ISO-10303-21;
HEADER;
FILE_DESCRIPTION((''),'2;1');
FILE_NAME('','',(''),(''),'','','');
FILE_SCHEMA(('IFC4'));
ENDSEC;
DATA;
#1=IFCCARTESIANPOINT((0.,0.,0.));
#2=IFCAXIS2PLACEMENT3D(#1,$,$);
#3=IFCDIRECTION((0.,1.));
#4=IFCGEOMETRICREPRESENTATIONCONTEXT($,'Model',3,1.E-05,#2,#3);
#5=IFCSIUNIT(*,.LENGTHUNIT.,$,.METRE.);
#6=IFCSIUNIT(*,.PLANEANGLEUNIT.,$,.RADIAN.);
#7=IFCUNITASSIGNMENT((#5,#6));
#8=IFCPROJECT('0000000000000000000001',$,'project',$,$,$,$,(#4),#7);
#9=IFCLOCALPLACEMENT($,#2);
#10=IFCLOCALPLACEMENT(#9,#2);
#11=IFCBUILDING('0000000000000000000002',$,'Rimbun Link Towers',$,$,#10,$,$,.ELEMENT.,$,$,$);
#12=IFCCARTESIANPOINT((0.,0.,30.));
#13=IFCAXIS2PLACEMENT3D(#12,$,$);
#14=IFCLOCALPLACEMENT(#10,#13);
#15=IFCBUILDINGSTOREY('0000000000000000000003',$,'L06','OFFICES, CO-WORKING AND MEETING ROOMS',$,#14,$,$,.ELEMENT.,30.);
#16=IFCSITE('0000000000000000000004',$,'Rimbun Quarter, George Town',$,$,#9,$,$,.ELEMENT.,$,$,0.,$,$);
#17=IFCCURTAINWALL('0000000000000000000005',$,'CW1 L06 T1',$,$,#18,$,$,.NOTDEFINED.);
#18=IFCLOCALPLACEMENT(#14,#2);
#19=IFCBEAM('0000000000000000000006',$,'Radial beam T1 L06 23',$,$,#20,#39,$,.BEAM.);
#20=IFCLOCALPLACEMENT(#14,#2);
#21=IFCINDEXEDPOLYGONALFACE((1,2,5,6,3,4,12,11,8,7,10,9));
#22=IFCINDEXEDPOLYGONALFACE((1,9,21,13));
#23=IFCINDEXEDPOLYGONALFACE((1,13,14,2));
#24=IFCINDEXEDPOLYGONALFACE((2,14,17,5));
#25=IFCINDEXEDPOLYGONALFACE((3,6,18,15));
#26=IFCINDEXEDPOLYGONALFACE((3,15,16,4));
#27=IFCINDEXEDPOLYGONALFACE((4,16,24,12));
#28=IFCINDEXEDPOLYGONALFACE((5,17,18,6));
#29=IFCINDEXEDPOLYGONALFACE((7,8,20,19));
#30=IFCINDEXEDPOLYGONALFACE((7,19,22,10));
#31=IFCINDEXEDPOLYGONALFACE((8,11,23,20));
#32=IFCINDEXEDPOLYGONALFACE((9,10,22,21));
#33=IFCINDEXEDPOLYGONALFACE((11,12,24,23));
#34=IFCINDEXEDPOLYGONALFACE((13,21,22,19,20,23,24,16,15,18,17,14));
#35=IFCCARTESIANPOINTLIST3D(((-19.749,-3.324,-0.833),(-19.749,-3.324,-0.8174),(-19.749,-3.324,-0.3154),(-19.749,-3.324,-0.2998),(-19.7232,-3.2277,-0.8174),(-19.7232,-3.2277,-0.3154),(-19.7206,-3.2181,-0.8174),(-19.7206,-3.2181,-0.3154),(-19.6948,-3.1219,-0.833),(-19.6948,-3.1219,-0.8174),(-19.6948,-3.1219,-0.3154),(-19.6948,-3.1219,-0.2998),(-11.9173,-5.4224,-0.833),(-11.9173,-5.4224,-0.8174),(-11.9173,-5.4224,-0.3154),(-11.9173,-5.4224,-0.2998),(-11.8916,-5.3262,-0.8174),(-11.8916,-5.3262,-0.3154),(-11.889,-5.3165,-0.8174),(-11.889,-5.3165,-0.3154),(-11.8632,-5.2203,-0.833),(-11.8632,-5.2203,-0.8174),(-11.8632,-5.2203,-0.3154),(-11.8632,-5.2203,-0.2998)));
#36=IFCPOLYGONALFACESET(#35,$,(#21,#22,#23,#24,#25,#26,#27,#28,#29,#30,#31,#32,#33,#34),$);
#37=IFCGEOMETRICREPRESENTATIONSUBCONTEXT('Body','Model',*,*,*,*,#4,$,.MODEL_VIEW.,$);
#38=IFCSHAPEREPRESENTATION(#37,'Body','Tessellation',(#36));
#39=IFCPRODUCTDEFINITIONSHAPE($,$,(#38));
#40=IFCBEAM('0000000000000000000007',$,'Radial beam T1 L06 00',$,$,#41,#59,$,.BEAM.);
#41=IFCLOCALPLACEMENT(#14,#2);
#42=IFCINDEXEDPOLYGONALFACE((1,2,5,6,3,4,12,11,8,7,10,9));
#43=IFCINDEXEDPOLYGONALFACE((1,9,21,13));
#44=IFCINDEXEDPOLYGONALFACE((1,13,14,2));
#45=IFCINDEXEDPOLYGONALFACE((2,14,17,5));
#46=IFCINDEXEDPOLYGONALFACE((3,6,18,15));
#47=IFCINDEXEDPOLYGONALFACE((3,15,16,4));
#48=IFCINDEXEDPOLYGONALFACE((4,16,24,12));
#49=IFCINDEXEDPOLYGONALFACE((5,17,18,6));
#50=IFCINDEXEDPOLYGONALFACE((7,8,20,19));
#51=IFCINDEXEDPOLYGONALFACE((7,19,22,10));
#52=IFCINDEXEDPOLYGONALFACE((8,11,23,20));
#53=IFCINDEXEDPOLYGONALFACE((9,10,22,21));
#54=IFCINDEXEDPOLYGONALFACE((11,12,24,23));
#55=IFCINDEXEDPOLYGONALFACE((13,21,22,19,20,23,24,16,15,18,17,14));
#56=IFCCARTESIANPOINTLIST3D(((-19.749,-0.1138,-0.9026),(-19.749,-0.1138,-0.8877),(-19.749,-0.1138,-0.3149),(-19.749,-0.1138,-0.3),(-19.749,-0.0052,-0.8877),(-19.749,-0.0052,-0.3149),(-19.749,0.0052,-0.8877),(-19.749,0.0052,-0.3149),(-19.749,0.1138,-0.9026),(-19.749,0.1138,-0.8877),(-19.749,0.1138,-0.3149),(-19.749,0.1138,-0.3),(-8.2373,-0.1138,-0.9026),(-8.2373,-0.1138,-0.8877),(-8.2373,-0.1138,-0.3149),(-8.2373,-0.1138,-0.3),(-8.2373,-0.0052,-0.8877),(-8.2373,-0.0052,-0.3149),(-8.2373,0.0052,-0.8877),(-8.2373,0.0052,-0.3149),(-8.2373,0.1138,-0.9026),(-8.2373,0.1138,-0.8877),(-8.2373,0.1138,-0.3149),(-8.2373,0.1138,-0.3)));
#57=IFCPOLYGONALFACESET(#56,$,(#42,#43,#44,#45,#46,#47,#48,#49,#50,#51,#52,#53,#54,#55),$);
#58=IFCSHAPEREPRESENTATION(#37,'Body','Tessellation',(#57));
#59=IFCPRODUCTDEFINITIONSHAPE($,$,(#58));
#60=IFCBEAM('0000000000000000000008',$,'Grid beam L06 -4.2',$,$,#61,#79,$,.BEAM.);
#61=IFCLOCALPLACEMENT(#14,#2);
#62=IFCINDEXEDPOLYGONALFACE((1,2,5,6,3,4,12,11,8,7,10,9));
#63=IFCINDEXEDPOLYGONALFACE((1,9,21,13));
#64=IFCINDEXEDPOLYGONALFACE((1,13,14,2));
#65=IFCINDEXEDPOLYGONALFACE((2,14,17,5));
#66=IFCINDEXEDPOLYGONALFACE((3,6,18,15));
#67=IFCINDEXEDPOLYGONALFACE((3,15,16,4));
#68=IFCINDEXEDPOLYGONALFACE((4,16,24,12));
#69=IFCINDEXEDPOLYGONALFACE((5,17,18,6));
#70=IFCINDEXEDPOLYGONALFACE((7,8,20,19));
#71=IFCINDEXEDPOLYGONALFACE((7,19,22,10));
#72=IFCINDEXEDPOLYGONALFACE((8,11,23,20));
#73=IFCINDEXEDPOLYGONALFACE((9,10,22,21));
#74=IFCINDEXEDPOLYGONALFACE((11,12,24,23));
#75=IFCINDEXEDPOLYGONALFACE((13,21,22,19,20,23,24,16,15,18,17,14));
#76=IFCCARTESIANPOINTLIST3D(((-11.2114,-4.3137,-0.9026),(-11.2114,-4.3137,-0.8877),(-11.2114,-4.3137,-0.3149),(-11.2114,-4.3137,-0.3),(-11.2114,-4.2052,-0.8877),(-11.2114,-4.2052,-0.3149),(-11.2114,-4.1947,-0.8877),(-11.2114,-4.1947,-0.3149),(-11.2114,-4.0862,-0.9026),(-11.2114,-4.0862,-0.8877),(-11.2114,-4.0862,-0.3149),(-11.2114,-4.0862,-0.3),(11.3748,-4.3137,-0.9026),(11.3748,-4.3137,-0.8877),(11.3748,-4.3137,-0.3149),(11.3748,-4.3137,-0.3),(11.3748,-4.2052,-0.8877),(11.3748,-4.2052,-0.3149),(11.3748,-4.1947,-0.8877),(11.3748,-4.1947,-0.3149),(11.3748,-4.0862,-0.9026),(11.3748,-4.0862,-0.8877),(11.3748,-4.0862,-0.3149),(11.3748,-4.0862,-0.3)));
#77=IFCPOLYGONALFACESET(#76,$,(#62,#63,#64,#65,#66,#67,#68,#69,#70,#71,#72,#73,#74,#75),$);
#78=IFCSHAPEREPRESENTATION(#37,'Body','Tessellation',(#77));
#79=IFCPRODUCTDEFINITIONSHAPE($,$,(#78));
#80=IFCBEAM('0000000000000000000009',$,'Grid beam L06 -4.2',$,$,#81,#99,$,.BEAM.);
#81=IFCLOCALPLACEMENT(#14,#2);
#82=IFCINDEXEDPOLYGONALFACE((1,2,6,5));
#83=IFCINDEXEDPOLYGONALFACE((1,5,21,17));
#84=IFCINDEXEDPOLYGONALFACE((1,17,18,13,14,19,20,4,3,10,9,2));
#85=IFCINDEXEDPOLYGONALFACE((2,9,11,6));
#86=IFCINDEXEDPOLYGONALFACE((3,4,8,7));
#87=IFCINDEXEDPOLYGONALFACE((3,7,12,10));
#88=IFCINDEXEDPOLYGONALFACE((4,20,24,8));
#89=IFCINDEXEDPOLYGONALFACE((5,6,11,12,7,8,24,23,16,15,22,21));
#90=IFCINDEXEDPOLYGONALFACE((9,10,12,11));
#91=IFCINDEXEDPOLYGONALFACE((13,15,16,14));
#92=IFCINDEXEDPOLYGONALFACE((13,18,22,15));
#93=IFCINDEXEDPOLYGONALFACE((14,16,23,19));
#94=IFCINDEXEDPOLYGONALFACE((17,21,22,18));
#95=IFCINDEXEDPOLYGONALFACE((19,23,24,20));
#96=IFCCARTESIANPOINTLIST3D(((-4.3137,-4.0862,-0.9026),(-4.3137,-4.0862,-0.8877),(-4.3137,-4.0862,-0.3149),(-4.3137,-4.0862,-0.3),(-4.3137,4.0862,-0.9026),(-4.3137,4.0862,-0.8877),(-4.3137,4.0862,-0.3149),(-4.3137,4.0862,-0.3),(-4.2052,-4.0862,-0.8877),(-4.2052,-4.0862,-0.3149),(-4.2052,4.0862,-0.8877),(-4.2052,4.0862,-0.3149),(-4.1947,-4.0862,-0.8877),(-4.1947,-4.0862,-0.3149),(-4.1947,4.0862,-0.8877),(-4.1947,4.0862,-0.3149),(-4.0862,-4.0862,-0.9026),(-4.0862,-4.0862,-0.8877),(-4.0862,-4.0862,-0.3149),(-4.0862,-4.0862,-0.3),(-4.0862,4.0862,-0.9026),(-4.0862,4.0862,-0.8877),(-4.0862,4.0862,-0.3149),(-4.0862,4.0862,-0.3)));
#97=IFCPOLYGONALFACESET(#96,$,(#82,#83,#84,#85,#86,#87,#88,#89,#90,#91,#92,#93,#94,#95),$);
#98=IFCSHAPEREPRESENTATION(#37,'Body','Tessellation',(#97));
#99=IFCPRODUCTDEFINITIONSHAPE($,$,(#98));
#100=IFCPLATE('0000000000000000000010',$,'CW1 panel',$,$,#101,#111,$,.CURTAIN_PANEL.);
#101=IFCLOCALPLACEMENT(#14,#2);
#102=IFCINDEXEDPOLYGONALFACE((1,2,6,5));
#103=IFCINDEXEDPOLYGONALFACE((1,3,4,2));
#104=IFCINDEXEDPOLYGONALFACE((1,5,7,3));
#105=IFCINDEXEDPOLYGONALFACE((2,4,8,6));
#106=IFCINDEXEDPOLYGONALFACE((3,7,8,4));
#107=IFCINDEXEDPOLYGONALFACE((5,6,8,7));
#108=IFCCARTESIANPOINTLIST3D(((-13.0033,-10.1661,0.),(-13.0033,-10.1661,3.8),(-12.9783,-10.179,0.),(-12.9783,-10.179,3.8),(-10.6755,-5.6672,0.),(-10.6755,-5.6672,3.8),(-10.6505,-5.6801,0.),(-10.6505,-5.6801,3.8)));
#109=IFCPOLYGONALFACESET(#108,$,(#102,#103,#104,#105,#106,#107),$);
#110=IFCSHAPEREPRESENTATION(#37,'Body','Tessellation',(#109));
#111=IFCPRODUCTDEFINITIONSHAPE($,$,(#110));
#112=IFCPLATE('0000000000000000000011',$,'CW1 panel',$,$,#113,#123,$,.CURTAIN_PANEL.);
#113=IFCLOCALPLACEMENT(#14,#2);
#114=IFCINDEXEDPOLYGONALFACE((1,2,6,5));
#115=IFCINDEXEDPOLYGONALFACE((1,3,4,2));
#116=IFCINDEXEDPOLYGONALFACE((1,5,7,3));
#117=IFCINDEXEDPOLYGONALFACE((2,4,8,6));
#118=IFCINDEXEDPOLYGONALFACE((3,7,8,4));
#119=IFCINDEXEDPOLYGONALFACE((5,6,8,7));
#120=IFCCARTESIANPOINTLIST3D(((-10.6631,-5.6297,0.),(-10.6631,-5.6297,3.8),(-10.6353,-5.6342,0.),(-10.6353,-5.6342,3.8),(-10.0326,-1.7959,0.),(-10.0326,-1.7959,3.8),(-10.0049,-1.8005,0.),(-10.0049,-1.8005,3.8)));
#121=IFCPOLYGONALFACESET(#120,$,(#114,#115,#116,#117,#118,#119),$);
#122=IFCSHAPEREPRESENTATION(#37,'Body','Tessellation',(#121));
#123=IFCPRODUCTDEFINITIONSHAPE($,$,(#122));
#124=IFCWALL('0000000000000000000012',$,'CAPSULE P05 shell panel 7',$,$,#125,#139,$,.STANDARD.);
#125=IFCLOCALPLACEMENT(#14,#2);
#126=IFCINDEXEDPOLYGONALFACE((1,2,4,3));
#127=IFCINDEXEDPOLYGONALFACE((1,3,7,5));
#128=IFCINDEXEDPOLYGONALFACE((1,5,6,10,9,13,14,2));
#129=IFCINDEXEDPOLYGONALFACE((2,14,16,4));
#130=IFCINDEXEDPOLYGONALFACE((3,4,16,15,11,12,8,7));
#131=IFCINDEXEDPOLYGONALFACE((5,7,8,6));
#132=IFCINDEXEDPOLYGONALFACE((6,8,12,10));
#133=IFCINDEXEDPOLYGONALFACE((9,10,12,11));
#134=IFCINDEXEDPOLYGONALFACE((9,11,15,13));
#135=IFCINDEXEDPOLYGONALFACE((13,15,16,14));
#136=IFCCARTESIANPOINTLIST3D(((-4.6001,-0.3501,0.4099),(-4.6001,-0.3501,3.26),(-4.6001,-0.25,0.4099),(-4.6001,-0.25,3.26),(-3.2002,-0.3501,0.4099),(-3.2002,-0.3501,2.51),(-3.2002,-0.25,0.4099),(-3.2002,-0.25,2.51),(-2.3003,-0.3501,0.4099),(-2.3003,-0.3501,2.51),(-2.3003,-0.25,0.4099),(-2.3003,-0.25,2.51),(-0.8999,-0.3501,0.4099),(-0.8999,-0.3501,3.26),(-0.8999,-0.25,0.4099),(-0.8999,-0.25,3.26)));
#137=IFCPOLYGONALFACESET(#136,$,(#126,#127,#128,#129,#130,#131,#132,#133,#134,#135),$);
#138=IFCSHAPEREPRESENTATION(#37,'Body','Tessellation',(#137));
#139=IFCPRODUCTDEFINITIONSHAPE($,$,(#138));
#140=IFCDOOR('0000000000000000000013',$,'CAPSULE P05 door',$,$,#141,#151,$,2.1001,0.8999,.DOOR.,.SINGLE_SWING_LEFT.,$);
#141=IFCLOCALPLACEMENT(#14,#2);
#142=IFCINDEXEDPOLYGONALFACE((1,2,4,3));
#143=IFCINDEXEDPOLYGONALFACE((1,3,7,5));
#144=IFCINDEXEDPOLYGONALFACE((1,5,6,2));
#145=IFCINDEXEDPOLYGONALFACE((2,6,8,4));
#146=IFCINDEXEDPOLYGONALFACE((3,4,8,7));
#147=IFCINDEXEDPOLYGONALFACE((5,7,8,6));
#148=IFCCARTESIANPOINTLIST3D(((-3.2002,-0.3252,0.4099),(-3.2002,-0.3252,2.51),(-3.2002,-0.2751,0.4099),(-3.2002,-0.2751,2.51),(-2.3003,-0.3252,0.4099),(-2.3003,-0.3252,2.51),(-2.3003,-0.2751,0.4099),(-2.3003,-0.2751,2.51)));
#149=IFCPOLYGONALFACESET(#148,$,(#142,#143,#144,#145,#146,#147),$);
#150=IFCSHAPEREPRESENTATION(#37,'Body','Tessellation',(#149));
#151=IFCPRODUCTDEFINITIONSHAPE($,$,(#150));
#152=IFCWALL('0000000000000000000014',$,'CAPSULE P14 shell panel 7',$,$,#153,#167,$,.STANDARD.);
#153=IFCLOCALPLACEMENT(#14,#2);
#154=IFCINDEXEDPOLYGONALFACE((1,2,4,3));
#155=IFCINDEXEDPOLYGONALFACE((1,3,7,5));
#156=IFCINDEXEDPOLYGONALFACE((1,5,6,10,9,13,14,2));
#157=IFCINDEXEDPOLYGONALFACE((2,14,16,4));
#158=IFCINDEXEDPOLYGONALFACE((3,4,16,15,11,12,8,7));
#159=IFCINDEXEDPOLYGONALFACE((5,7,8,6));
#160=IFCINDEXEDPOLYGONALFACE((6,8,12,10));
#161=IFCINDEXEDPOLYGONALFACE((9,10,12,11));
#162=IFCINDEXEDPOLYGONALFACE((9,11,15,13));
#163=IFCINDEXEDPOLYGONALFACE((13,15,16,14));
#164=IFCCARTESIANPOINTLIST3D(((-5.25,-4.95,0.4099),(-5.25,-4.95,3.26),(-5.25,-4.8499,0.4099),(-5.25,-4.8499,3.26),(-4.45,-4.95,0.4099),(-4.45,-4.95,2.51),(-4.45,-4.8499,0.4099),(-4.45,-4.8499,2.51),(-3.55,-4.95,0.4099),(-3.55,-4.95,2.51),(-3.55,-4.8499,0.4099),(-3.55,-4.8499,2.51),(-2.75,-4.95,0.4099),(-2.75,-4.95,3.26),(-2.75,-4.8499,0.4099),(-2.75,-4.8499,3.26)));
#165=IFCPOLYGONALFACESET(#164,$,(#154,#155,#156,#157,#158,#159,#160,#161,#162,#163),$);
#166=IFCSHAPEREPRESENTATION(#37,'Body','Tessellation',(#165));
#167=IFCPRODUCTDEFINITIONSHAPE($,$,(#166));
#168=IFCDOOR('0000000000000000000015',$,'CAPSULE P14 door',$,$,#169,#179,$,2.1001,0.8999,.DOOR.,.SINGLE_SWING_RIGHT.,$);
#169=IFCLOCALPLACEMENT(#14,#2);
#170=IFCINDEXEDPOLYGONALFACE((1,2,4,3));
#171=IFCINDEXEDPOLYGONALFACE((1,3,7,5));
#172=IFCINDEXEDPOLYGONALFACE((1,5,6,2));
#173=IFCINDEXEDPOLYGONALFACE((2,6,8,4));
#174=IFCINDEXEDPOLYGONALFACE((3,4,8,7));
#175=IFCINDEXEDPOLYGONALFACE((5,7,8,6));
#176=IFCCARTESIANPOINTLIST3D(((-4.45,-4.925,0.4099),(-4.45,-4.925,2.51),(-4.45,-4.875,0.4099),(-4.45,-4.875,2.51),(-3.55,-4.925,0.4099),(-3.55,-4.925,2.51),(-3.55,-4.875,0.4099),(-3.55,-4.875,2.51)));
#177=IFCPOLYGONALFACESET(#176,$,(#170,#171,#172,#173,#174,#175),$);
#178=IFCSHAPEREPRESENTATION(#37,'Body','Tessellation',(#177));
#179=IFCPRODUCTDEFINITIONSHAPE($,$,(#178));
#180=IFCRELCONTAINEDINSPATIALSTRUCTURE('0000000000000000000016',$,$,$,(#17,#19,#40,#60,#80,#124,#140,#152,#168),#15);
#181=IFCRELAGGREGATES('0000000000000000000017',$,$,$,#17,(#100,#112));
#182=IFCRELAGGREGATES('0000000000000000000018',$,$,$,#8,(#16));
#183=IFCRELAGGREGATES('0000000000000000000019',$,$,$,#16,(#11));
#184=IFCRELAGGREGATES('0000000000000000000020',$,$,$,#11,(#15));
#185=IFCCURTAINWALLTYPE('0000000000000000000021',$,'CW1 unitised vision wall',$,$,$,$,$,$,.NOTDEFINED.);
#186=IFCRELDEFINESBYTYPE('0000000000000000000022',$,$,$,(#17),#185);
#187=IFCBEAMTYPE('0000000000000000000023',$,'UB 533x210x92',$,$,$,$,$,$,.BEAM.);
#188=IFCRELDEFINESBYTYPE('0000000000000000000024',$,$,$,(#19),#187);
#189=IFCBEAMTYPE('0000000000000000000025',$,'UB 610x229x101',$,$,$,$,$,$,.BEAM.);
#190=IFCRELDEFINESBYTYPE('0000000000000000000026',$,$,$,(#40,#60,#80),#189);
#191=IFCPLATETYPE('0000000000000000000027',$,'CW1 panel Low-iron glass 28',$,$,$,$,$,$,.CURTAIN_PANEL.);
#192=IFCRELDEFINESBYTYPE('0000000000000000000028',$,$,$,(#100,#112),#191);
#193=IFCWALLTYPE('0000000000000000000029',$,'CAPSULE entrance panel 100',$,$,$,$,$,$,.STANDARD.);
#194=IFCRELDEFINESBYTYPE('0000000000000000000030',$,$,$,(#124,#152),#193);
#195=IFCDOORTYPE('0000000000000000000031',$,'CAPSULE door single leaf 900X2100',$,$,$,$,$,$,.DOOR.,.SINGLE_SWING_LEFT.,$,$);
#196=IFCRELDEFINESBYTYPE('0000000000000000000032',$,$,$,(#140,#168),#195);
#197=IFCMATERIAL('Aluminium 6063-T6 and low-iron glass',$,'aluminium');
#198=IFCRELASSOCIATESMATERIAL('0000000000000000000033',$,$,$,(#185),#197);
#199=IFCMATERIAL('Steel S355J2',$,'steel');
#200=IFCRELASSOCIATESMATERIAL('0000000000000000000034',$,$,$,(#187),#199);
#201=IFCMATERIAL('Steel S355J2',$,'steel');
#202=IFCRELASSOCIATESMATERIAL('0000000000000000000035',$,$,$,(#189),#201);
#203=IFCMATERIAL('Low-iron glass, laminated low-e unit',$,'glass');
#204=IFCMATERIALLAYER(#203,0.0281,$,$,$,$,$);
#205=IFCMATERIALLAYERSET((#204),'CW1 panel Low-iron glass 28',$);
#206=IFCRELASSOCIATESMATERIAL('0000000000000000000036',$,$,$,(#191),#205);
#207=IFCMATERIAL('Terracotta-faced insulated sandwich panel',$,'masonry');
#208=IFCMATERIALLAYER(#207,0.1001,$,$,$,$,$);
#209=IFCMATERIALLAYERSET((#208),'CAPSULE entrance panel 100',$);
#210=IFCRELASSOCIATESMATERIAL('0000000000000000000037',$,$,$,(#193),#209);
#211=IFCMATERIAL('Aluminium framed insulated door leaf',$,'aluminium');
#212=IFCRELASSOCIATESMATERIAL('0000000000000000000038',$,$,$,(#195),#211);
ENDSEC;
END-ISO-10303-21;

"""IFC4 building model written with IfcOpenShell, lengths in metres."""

from ifc_helpers import new_model, si_unit, direction, frame, frame_2d, origin, origin_2d, place, context, subcontext, project, spatial, rectangle, i_section, extrude, material, layer, layer_set, material_profile, profile_set, type_object, element, fill, aggregate, save


model = new_model("IFC4")

# Units and contexts
model_context = context("Model", 3, precision=1e-05, world=origin(), true_north=direction((0.0, 1.0)))
body_context = subcontext(model_context, "Body", "Model", "MODEL_VIEW")
ifc_project = project(units=[si_unit("LENGTHUNIT", "METRE"), si_unit("PLANEANGLEUNIT", "RADIAN")], contexts=[model_context])

# Site, building, storey
site_placement = place(None, origin())
site = spatial("IfcSite", under=ifc_project, at=site_placement, Name="Rimbun Quarter, George Town", CompositionType="ELEMENT", RefElevation=0.0)
building_placement = place(site_placement, origin())
building = spatial("IfcBuilding", under=site, at=building_placement, Name="Rimbun Link Towers", CompositionType="ELEMENT")
storey_placement = place(building_placement, frame((0.0, 0.0, 30.0)))
storey = spatial("IfcBuildingStorey", under=building, at=storey_placement, Name="L06", Description="OFFICES, CO-WORKING AND MEETING ROOMS", CompositionType="ELEMENT", Elevation=30.0)

# Curtain wall
ifc_material_1 = material(Name="Aluminium 6063-T6 and low-iron glass", Category="aluminium")
curtain_wall_type = type_object("IfcCurtainWallType", Name="CW1 unitised vision wall", PredefinedType="NOTDEFINED", material=ifc_material_1)
curtain_wall_placement = place(storey_placement, origin())
curtain_wall = element("IfcCurtainWall", 1, at=curtain_wall_placement, inside=storey, type_object=curtain_wall_type, Name="CW1 L06 T1", PredefinedType="NOTDEFINED")

# Beams
ifc_material_2 = material(Name="Steel S355J2", Category="steel")
ifc_material_profile_1 = material_profile(ifc_material_2, i_section(OverallWidth=0.2092, OverallDepth=0.5332, WebThickness=0.01, FlangeThickness=0.0156, at=origin_2d()), Name="UB 533x210x92")
ifc_profile_set_1 = profile_set([ifc_material_profile_1], Name="Steel S355J2")
beam_type_1 = type_object("IfcBeamType", Name="UB 533x210x92", PredefinedType="BEAM", material=ifc_profile_set_1)
beam_1_placement = place(storey_placement, frame((-19.7219, -3.2229, -0.5664), z_axis=(0.965928, -0.258811, 0.0), x_axis=(0.258811, 0.965928, 0.0)))
element("IfcBeam", 2, at=beam_1_placement, inside=storey, type_object=beam_type_1, Name="Radial beam T1 L06 23", PredefinedType="BEAM", context=body_context, shape_type="SweptSolid", body=[
    extrude(i_section(OverallWidth=0.2092, OverallDepth=0.5332, WebThickness=0.01, FlangeThickness=0.0156, at=origin_2d()), origin(), (0.0, 0.0, 1.0), 8.1079),
])
ifc_material_3 = material(Name="Steel S355J2", Category="steel")
ifc_material_profile_2 = material_profile(ifc_material_3, i_section(OverallWidth=0.2275, OverallDepth=0.6025, WebThickness=0.0105, FlangeThickness=0.0149, at=origin_2d()), Name="UB 610x229x101")
ifc_profile_set_2 = profile_set([ifc_material_profile_2], Name="Steel S355J2")
beam_type_2 = type_object("IfcBeamType", Name="UB 610x229x101", PredefinedType="BEAM", material=ifc_profile_set_2)
beam_2_placement = place(storey_placement, frame((-19.749, 0.0, -0.6013), z_axis=(1.0, 0.0, 0.0), x_axis=(0.0, 1.0, 0.0)))
element("IfcBeam", 3, at=beam_2_placement, inside=storey, type_object=beam_type_2, Name="Radial beam T1 L06 00", PredefinedType="BEAM", context=body_context, shape_type="SweptSolid", body=[
    extrude(i_section(OverallWidth=0.2275, OverallDepth=0.6025, WebThickness=0.0105, FlangeThickness=0.0149, at=origin_2d()), origin(), (0.0, 0.0, 1.0), 11.5117),
])
beam_3_placement = place(storey_placement, frame((-11.2114, -4.2, -0.6013), z_axis=(1.0, 0.0, 0.0), x_axis=(0.0, 1.0, 0.0)))
element("IfcBeam", 4, at=beam_3_placement, inside=storey, type_object=beam_type_2, Name="Grid beam L06 -4.2", PredefinedType="BEAM", context=body_context, shape_type="SweptSolid", body=[
    extrude(i_section(OverallWidth=0.2275, OverallDepth=0.6025, WebThickness=0.0105, FlangeThickness=0.0149, at=origin_2d()), origin(), (0.0, 0.0, 1.0), 22.5862),
])
beam_4_placement = place(storey_placement, frame((-4.2, -4.0862, -0.6013), z_axis=(0.0, 1.0, 0.0), x_axis=(-1.0, 0.0, 0.0)))
element("IfcBeam", 5, at=beam_4_placement, inside=storey, type_object=beam_type_2, Name="Grid beam L06 -4.2", PredefinedType="BEAM", context=body_context, shape_type="SweptSolid", body=[
    extrude(i_section(OverallWidth=0.2275, OverallDepth=0.6025, WebThickness=0.0105, FlangeThickness=0.0149, at=origin_2d()), origin(), (0.0, 0.0, 1.0), 8.1724),
])

# Plates
ifc_material_4 = material(Name="Low-iron glass, laminated low-e unit", Category="glass")
ifc_layer_1 = layer(ifc_material_4, 0.0281)
ifc_layer_set_1 = layer_set([ifc_layer_1], Name="CW1 panel Low-iron glass 28")
plate_type = type_object("IfcPlateType", Name="CW1 panel Low-iron glass 28", PredefinedType="CURTAIN_PANEL", material=ifc_layer_set_1)
plate_1_placement = place(storey_placement, frame((-11.8269, -7.9231, 0.0), z_axis=(0.0, 0.0, 1.0), x_axis=(-0.459548, -0.888153, 0.0)))
plate_1 = element("IfcPlate", 6, at=plate_1_placement, type_object=plate_type, Name="CW1 panel", PredefinedType="CURTAIN_PANEL", context=body_context, shape_type="SweptSolid", body=[
    extrude(rectangle(XDim=5.0654, YDim=0.0281, at=origin_2d()), origin(), (0.0, 0.0, 1.0), 3.8),
])
plate_2_placement = place(storey_placement, frame((-10.334, -3.7151, 0.0), z_axis=(0.0, 0.0, 1.0), x_axis=(-0.162263, -0.986748, 0.0)))
plate_2 = element("IfcPlate", 7, at=plate_2_placement, type_object=plate_type, Name="CW1 panel", PredefinedType="CURTAIN_PANEL", context=body_context, shape_type="SweptSolid", body=[
    extrude(rectangle(XDim=3.8853, YDim=0.0281, at=origin_2d()), origin(), (0.0, 0.0, 1.0), 3.8),
])
aggregate(curtain_wall, [plate_1, plate_2])

# Walls, openings, doors
ifc_material_5 = material(Name="Terracotta-faced insulated sandwich panel", Category="masonry")
ifc_layer_2 = layer(ifc_material_5, 0.1001)
ifc_layer_set_2 = layer_set([ifc_layer_2], Name="CAPSULE entrance panel 100")
wall_type_1 = type_object("IfcWallType", Name="CAPSULE entrance panel 100", PredefinedType="STANDARD", material=ifc_layer_set_2)
wall_1_placement = place(storey_placement, frame((-4.6001, -0.3, 0.4099), z_axis=(0.0, 0.0, 1.0), x_axis=(1.0, 0.0, 0.0)))
wall_1 = element("IfcWall", 8, at=wall_1_placement, inside=storey, type_object=wall_type_1, Name="CAPSULE P05 shell panel 7", PredefinedType="STANDARD", context=body_context, shape_type="SweptSolid", body=[
    extrude(rectangle(XDim=3.7002, YDim=0.1001, at=frame_2d((1.8501, 0.0))), origin(), (0.0, 0.0, 1.0), 2.8501),
])
opening_1_placement = place(wall_1_placement, frame((1.3999, 0.0, 0.0)))
opening_1 = element("IfcOpeningElement", 9, at=opening_1_placement, cuts=wall_1, PredefinedType="OPENING", context=body_context, shape_type="SweptSolid", body=[
    extrude(rectangle(XDim=0.8999, YDim=2.1001, at=frame_2d((0.45, 1.05))), frame((0.0, 0.0601, 0.0), z_axis=(0.0, -1.0, 0.0), x_axis=(1.0, 0.0, 0.0)), (0.0, 0.0, 1.0), 0.1201),
])
ifc_material_6 = material(Name="Aluminium framed insulated door leaf", Category="aluminium")
door_type = type_object("IfcDoorType", Name="CAPSULE door single leaf 900X2100", OperationType="SINGLE_SWING_LEFT", PredefinedType="DOOR", material=ifc_material_6)
door_1_placement = place(opening_1_placement, origin())
door_1 = element("IfcDoor", 10, at=door_1_placement, inside=storey, type_object=door_type, Name="CAPSULE P05 door", OperationType="SINGLE_SWING_LEFT", OverallHeight=2.1001, OverallWidth=0.8999, PredefinedType="DOOR", context=body_context, shape_type="SweptSolid", body=[
    extrude(rectangle(XDim=0.8999, YDim=2.1001, at=frame_2d((0.45, 1.05))), frame((0.0, 0.0249, 0.0), z_axis=(0.0, -1.0, 0.0), x_axis=(1.0, 0.0, 0.0)), (0.0, 0.0, 1.0), 0.05),
])
fill(opening_1, door_1)
wall_2_placement = place(storey_placement, frame((-5.25, -4.8999, 0.4099), z_axis=(0.0, 0.0, 1.0), x_axis=(1.0, 0.0, 0.0)))
wall_2 = element("IfcWall", 11, at=wall_2_placement, inside=storey, type_object=wall_type_1, Name="CAPSULE P14 shell panel 7", PredefinedType="STANDARD", context=body_context, shape_type="SweptSolid", body=[
    extrude(rectangle(XDim=2.5, YDim=0.1001, at=frame_2d((1.25, 0.0))), origin(), (0.0, 0.0, 1.0), 2.8501),
])
opening_2_placement = place(wall_2_placement, frame((0.8, 0.0, 0.0)))
opening_2 = element("IfcOpeningElement", 12, at=opening_2_placement, cuts=wall_2, PredefinedType="OPENING", context=body_context, shape_type="SweptSolid", body=[
    extrude(rectangle(XDim=0.8999, YDim=2.1001, at=frame_2d((0.45, 1.05))), frame((0.0, 0.0601, 0.0), z_axis=(0.0, -1.0, 0.0), x_axis=(1.0, 0.0, 0.0)), (0.0, 0.0, 1.0), 0.1201),
])
door_2_placement = place(opening_2_placement, origin())
door_2 = element("IfcDoor", 13, at=door_2_placement, inside=storey, type_object=door_type, Name="CAPSULE P14 door", OperationType="SINGLE_SWING_RIGHT", OverallHeight=2.1001, OverallWidth=0.8999, PredefinedType="DOOR", context=body_context, shape_type="SweptSolid", body=[
    extrude(rectangle(XDim=0.8999, YDim=2.1001, at=frame_2d((0.45, 1.05))), frame((0.0, 0.0249, 0.0), z_axis=(0.0, -1.0, 0.0), x_axis=(1.0, 0.0, 0.0)), (0.0, 0.0, 1.0), 0.05),
])
fill(opening_2, door_2)

save(model, "model.ifc")
